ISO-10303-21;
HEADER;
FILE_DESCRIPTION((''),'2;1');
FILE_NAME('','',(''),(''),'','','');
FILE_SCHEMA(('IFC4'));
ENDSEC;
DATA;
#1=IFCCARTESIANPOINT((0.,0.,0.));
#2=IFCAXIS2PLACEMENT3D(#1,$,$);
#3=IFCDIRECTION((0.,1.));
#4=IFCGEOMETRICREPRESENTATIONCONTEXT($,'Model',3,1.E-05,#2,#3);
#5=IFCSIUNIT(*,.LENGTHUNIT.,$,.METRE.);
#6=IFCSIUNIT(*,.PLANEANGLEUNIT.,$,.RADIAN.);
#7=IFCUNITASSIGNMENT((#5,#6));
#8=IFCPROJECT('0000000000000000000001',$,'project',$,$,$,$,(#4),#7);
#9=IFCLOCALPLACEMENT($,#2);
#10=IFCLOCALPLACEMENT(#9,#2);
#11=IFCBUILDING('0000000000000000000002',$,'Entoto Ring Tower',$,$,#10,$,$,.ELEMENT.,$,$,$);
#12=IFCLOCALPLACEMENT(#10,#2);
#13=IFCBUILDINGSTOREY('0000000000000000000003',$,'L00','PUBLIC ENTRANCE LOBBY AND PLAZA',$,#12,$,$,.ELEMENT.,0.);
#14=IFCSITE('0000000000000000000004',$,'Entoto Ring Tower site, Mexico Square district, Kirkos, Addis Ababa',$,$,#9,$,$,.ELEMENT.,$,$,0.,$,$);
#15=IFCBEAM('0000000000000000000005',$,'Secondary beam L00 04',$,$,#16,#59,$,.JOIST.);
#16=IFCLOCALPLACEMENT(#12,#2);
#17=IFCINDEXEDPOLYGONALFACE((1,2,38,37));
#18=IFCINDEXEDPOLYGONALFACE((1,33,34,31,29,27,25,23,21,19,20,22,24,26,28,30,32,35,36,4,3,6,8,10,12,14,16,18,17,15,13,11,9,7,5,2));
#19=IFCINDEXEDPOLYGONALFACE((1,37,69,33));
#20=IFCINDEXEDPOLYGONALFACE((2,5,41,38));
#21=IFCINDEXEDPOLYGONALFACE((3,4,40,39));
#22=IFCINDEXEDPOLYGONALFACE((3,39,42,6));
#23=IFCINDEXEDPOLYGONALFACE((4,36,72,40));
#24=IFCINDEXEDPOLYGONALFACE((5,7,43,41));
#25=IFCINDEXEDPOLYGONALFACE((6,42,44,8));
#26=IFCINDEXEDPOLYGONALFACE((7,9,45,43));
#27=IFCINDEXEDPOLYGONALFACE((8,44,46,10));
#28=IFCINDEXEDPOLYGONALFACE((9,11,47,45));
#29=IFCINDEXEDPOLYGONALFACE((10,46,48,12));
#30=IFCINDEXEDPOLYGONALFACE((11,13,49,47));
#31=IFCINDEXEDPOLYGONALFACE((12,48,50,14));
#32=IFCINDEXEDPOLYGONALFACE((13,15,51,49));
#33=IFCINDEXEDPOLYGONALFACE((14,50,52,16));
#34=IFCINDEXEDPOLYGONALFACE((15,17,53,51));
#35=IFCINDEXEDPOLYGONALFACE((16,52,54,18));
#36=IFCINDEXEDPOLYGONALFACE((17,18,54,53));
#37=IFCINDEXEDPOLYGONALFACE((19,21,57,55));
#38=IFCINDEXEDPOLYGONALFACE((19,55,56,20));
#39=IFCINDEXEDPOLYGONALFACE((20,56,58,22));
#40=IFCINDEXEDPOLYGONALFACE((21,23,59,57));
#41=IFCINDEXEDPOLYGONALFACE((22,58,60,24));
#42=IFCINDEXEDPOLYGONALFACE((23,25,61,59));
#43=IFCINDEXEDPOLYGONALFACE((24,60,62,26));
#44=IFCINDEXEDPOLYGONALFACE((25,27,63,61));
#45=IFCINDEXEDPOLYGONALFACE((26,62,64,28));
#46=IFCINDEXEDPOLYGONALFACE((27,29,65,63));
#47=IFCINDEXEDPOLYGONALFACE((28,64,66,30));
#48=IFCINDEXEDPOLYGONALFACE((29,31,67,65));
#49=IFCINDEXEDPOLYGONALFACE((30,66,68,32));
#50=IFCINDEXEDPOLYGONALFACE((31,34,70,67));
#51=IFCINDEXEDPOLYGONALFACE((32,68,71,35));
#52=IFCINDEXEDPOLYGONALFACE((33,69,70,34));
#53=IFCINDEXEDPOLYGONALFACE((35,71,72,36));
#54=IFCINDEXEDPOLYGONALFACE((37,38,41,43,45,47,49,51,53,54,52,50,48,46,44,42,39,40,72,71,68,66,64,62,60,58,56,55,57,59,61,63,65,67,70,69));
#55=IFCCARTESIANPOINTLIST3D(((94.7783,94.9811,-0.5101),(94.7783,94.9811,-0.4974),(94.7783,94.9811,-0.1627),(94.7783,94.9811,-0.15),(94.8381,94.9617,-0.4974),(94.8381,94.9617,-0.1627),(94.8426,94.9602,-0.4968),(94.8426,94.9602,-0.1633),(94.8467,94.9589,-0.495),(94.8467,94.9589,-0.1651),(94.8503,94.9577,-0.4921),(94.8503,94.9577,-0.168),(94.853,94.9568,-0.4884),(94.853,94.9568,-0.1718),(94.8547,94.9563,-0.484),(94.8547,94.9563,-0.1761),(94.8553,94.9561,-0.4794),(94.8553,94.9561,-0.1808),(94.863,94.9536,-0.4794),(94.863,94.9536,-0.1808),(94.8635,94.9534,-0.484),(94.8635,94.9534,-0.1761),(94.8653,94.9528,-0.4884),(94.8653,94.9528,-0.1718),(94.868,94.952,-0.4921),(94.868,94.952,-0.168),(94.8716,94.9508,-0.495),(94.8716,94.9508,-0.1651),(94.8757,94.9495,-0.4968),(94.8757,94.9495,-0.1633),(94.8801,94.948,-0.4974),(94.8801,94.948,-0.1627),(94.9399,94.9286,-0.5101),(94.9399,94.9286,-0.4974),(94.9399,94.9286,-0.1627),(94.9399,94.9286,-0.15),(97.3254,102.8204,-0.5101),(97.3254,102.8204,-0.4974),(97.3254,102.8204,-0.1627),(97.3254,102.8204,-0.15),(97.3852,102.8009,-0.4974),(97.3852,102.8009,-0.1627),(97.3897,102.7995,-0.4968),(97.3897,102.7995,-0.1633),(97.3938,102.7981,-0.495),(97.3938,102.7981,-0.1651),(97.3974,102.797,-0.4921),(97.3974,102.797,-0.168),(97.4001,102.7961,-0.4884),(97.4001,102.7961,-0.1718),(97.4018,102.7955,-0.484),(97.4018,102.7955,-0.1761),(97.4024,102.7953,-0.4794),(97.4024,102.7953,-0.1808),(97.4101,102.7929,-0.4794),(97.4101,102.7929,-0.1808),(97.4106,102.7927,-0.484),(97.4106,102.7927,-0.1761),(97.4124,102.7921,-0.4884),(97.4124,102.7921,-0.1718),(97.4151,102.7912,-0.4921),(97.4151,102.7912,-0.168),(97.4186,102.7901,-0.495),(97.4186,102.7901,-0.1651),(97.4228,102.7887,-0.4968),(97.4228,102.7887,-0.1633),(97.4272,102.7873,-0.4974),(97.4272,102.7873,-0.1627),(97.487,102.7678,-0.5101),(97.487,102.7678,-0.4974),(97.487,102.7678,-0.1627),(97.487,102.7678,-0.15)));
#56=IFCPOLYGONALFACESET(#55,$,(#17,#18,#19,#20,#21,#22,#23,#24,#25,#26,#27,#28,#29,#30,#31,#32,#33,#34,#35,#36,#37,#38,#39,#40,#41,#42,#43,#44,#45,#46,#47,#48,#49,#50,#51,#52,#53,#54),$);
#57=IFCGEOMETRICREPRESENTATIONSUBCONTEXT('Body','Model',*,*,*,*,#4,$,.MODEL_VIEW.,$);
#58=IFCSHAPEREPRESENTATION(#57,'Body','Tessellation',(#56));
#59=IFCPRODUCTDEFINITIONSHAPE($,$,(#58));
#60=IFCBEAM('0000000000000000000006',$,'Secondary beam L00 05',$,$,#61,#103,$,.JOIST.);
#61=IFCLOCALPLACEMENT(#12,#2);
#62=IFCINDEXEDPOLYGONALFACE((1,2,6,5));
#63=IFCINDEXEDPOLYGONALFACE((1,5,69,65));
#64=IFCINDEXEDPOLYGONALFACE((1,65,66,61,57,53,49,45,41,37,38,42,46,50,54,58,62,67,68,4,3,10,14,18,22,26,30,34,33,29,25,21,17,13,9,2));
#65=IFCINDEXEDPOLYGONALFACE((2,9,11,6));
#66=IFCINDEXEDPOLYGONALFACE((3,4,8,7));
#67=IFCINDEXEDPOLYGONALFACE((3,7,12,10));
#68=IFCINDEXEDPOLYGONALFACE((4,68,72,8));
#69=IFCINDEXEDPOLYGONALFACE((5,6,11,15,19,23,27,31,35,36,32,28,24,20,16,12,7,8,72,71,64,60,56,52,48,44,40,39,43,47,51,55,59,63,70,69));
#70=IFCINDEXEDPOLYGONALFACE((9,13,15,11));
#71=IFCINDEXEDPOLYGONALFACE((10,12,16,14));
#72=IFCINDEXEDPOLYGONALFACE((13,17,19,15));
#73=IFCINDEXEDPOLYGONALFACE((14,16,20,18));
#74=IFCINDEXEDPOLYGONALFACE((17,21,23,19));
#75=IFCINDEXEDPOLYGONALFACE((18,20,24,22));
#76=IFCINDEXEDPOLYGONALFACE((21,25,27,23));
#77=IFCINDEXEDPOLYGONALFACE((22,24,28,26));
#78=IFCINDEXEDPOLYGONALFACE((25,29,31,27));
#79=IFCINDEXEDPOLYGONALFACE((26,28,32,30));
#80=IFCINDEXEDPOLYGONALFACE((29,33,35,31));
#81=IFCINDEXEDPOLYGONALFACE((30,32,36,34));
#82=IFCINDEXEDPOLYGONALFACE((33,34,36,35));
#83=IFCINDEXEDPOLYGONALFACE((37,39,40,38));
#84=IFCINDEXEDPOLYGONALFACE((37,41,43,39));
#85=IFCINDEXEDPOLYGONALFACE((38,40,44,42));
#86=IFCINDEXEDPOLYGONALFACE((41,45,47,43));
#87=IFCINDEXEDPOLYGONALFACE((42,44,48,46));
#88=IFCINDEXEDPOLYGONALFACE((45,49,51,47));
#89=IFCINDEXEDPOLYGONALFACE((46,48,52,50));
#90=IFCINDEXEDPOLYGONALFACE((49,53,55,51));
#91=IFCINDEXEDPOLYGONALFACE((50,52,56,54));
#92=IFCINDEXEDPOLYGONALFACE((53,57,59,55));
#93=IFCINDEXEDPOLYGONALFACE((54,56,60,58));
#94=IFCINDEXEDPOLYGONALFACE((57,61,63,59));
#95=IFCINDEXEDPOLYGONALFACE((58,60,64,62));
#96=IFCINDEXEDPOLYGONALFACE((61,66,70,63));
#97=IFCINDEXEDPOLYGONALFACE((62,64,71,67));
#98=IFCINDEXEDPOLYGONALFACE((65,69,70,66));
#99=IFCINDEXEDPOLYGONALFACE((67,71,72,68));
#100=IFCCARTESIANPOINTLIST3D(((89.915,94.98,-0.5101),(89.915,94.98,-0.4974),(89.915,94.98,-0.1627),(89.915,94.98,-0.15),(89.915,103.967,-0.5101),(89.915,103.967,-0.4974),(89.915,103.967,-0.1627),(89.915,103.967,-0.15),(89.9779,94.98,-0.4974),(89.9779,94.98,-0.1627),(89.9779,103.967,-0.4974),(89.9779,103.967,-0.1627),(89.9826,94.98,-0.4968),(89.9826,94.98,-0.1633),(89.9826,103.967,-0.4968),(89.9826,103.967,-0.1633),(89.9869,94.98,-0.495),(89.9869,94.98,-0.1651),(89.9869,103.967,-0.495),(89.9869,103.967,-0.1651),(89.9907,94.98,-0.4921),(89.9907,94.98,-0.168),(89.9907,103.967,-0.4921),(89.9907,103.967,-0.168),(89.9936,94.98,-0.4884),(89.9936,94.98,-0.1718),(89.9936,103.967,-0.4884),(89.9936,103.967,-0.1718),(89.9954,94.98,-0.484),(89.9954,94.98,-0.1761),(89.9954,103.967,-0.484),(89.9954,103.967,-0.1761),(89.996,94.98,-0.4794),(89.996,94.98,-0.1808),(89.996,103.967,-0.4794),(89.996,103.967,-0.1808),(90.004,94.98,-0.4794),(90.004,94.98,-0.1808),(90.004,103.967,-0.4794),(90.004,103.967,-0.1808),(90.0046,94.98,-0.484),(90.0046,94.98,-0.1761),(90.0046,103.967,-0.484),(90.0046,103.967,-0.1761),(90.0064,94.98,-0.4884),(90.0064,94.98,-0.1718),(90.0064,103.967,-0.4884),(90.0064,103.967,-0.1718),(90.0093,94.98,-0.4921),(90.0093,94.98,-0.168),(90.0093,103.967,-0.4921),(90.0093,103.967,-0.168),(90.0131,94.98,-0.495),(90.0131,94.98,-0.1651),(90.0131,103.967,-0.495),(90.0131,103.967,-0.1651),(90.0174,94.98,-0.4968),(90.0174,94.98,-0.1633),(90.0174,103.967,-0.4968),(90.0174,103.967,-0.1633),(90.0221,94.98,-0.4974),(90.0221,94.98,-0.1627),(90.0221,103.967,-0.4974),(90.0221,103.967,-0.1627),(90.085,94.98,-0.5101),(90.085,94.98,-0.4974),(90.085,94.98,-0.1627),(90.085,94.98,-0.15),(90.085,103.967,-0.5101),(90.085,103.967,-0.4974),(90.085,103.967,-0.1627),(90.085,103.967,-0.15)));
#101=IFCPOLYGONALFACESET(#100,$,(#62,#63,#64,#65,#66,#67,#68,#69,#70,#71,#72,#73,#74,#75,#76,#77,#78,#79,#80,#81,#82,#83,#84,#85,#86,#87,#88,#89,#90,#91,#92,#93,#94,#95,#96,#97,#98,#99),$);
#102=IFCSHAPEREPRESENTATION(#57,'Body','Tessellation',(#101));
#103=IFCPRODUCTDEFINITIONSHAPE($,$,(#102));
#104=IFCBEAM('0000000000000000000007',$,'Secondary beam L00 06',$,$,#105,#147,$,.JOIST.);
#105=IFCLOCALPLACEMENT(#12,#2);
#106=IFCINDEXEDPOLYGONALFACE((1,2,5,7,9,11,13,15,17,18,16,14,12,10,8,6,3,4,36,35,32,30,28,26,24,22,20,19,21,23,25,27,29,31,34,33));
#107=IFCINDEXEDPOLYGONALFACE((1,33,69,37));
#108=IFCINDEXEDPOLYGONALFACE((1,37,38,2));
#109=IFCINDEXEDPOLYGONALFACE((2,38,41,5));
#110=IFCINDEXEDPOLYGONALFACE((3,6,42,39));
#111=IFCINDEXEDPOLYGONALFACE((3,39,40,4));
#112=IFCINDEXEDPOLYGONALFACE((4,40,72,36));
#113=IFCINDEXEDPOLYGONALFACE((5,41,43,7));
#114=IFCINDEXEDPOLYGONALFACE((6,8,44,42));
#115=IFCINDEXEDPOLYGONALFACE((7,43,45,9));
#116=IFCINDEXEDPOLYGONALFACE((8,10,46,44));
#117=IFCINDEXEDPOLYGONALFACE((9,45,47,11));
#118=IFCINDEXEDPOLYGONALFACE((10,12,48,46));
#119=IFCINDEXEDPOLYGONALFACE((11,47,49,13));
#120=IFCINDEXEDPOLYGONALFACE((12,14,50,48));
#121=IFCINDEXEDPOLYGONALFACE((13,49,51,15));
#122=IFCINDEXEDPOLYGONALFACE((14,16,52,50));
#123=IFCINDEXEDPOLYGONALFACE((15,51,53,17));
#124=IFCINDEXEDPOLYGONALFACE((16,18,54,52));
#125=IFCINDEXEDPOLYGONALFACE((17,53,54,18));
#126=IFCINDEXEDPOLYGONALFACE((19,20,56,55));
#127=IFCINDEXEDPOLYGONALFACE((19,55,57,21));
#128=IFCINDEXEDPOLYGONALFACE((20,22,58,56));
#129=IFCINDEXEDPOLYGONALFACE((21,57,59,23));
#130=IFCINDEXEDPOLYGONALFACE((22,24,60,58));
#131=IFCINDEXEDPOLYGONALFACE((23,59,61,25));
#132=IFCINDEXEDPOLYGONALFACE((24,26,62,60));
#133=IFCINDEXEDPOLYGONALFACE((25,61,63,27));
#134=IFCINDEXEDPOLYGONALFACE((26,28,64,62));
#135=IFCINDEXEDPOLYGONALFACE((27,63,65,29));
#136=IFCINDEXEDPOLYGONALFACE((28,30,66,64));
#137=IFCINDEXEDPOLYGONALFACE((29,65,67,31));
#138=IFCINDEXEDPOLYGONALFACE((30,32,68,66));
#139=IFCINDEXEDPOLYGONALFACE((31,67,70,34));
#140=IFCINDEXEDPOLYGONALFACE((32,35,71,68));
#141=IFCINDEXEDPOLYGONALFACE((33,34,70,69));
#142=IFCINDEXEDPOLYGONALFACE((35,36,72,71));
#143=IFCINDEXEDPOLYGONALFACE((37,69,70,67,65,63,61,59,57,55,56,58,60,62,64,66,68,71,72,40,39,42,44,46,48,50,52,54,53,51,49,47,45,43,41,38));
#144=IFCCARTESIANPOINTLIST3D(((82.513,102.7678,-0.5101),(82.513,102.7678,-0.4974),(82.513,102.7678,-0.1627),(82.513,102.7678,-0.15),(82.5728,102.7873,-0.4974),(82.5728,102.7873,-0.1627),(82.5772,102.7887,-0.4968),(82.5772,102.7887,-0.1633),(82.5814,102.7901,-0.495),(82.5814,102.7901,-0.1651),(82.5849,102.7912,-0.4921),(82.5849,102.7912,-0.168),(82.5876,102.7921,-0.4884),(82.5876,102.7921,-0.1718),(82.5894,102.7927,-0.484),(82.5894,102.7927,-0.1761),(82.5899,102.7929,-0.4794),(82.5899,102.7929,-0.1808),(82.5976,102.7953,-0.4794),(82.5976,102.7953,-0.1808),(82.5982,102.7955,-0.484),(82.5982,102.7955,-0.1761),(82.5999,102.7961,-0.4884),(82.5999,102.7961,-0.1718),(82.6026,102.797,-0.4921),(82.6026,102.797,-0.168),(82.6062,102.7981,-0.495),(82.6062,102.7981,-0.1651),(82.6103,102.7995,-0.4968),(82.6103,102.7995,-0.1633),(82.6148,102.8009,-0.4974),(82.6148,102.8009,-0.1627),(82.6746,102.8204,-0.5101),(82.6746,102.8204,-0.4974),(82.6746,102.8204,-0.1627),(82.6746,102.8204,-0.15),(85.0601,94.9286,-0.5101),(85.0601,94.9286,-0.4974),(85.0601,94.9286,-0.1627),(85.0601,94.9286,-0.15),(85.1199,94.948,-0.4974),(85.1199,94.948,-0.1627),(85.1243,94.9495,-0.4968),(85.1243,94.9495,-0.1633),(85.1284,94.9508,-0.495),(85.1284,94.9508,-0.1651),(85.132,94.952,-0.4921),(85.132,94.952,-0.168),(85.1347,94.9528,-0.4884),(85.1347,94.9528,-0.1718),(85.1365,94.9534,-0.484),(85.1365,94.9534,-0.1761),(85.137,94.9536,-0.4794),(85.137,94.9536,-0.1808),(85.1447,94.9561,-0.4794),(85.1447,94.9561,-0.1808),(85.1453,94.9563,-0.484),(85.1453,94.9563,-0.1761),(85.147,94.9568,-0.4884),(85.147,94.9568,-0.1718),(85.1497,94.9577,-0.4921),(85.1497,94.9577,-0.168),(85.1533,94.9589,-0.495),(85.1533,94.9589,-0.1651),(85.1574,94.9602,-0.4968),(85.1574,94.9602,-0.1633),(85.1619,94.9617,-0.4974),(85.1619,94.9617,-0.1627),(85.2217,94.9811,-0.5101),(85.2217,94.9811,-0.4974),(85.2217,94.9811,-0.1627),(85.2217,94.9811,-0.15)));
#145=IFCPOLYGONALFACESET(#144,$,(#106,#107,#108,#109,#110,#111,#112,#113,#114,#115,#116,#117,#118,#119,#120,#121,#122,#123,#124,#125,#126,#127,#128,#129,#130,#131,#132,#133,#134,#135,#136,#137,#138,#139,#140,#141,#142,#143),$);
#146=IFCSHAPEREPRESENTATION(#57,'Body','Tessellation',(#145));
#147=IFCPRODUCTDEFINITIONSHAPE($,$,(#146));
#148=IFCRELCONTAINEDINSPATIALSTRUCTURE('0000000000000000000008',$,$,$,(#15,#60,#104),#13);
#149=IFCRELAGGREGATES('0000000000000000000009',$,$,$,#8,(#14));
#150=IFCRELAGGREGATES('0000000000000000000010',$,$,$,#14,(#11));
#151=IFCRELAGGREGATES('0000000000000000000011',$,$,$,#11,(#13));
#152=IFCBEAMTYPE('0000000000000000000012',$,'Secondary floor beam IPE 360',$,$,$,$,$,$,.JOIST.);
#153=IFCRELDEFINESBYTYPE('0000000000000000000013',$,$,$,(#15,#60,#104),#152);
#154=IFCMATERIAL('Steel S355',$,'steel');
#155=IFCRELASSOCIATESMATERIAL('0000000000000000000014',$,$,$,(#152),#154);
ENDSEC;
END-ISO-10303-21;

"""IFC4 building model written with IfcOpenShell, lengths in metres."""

from ifc_helpers import new_model, si_unit, direction, frame, origin, origin_2d, place, context, subcontext, project, spatial, i_section, extrude, material, material_profile, profile_set, type_object, element, save


model = new_model("IFC4")

# Units and contexts
model_context = context("Model", 3, precision=1e-05, world=origin(), true_north=direction((0.0, 1.0)))
body_context = subcontext(model_context, "Body", "Model", "MODEL_VIEW")
ifc_project = project(units=[si_unit("LENGTHUNIT", "METRE"), si_unit("PLANEANGLEUNIT", "RADIAN")], contexts=[model_context])

# Site, building, storey
site_placement = place(None, origin())
site = spatial("IfcSite", under=ifc_project, at=site_placement, Name="Entoto Ring Tower site, Mexico Square district, Kirkos, Addis Ababa", CompositionType="ELEMENT", RefElevation=0.0)
building_placement = place(site_placement, origin())
building = spatial("IfcBuilding", under=site, at=building_placement, Name="Entoto Ring Tower", CompositionType="ELEMENT")
storey_placement = place(building_placement, origin())
storey = spatial("IfcBuildingStorey", under=building, at=storey_placement, Name="L00", Description="PUBLIC ENTRANCE LOBBY AND PLAZA", CompositionType="ELEMENT", Elevation=0.0)

# Beams
ifc_material_1 = material(Name="Steel S355", Category="steel")
ifc_material_profile_1 = material_profile(ifc_material_1, i_section(OverallWidth=0.1699, OverallDepth=0.3601, WebThickness=0.0081, FlangeThickness=0.0127, FilletRadius=0.0181, at=origin_2d()), Name="IPE 360")
ifc_profile_set_1 = profile_set([ifc_material_profile_1], Name="Steel S355")
beam_type_1 = type_object("IfcBeamType", Name="Secondary floor beam IPE 360", PredefinedType="JOIST", material=ifc_profile_set_1)
beam_1_placement = place(storey_placement, frame((94.8591, 94.9548, -0.3301), z_axis=(0.309012, 0.951058, 0.0), x_axis=(-0.951058, 0.309012, 0.0)))
element("IfcBeam", 1, at=beam_1_placement, inside=storey, type_object=beam_type_1, Name="Secondary beam L00 04", PredefinedType="JOIST", context=body_context, shape_type="SweptSolid", body=[
    extrude(i_section(OverallWidth=0.1699, OverallDepth=0.3601, WebThickness=0.0081, FlangeThickness=0.0127, FilletRadius=0.0181, at=origin_2d()), origin(), (0.0, 0.0, 1.0), 8.2427),
])
beam_2_placement = place(storey_placement, frame((90.0, 94.98, -0.3301), z_axis=(0.0, 1.0, 0.0), x_axis=(-1.0, 0.0, 0.0)))
element("IfcBeam", 2, at=beam_2_placement, inside=storey, type_object=beam_type_1, Name="Secondary beam L00 05", PredefinedType="JOIST", context=body_context, shape_type="SweptSolid", body=[
    extrude(i_section(OverallWidth=0.1699, OverallDepth=0.3601, WebThickness=0.0081, FlangeThickness=0.0127, FilletRadius=0.0181, at=origin_2d()), origin(), (0.0, 0.0, 1.0), 8.9871),
])
beam_3_placement = place(storey_placement, frame((85.1409, 94.9548, -0.3301), z_axis=(-0.309012, 0.951058, 0.0), x_axis=(-0.951058, -0.309012, 0.0)))
element("IfcBeam", 3, at=beam_3_placement, inside=storey, type_object=beam_type_1, Name="Secondary beam L00 06", PredefinedType="JOIST", context=body_context, shape_type="SweptSolid", body=[
    extrude(i_section(OverallWidth=0.1699, OverallDepth=0.3601, WebThickness=0.0081, FlangeThickness=0.0127, FilletRadius=0.0181, at=origin_2d()), origin(), (0.0, 0.0, 1.0), 8.2427),
])

save(model, "model.ifc")
